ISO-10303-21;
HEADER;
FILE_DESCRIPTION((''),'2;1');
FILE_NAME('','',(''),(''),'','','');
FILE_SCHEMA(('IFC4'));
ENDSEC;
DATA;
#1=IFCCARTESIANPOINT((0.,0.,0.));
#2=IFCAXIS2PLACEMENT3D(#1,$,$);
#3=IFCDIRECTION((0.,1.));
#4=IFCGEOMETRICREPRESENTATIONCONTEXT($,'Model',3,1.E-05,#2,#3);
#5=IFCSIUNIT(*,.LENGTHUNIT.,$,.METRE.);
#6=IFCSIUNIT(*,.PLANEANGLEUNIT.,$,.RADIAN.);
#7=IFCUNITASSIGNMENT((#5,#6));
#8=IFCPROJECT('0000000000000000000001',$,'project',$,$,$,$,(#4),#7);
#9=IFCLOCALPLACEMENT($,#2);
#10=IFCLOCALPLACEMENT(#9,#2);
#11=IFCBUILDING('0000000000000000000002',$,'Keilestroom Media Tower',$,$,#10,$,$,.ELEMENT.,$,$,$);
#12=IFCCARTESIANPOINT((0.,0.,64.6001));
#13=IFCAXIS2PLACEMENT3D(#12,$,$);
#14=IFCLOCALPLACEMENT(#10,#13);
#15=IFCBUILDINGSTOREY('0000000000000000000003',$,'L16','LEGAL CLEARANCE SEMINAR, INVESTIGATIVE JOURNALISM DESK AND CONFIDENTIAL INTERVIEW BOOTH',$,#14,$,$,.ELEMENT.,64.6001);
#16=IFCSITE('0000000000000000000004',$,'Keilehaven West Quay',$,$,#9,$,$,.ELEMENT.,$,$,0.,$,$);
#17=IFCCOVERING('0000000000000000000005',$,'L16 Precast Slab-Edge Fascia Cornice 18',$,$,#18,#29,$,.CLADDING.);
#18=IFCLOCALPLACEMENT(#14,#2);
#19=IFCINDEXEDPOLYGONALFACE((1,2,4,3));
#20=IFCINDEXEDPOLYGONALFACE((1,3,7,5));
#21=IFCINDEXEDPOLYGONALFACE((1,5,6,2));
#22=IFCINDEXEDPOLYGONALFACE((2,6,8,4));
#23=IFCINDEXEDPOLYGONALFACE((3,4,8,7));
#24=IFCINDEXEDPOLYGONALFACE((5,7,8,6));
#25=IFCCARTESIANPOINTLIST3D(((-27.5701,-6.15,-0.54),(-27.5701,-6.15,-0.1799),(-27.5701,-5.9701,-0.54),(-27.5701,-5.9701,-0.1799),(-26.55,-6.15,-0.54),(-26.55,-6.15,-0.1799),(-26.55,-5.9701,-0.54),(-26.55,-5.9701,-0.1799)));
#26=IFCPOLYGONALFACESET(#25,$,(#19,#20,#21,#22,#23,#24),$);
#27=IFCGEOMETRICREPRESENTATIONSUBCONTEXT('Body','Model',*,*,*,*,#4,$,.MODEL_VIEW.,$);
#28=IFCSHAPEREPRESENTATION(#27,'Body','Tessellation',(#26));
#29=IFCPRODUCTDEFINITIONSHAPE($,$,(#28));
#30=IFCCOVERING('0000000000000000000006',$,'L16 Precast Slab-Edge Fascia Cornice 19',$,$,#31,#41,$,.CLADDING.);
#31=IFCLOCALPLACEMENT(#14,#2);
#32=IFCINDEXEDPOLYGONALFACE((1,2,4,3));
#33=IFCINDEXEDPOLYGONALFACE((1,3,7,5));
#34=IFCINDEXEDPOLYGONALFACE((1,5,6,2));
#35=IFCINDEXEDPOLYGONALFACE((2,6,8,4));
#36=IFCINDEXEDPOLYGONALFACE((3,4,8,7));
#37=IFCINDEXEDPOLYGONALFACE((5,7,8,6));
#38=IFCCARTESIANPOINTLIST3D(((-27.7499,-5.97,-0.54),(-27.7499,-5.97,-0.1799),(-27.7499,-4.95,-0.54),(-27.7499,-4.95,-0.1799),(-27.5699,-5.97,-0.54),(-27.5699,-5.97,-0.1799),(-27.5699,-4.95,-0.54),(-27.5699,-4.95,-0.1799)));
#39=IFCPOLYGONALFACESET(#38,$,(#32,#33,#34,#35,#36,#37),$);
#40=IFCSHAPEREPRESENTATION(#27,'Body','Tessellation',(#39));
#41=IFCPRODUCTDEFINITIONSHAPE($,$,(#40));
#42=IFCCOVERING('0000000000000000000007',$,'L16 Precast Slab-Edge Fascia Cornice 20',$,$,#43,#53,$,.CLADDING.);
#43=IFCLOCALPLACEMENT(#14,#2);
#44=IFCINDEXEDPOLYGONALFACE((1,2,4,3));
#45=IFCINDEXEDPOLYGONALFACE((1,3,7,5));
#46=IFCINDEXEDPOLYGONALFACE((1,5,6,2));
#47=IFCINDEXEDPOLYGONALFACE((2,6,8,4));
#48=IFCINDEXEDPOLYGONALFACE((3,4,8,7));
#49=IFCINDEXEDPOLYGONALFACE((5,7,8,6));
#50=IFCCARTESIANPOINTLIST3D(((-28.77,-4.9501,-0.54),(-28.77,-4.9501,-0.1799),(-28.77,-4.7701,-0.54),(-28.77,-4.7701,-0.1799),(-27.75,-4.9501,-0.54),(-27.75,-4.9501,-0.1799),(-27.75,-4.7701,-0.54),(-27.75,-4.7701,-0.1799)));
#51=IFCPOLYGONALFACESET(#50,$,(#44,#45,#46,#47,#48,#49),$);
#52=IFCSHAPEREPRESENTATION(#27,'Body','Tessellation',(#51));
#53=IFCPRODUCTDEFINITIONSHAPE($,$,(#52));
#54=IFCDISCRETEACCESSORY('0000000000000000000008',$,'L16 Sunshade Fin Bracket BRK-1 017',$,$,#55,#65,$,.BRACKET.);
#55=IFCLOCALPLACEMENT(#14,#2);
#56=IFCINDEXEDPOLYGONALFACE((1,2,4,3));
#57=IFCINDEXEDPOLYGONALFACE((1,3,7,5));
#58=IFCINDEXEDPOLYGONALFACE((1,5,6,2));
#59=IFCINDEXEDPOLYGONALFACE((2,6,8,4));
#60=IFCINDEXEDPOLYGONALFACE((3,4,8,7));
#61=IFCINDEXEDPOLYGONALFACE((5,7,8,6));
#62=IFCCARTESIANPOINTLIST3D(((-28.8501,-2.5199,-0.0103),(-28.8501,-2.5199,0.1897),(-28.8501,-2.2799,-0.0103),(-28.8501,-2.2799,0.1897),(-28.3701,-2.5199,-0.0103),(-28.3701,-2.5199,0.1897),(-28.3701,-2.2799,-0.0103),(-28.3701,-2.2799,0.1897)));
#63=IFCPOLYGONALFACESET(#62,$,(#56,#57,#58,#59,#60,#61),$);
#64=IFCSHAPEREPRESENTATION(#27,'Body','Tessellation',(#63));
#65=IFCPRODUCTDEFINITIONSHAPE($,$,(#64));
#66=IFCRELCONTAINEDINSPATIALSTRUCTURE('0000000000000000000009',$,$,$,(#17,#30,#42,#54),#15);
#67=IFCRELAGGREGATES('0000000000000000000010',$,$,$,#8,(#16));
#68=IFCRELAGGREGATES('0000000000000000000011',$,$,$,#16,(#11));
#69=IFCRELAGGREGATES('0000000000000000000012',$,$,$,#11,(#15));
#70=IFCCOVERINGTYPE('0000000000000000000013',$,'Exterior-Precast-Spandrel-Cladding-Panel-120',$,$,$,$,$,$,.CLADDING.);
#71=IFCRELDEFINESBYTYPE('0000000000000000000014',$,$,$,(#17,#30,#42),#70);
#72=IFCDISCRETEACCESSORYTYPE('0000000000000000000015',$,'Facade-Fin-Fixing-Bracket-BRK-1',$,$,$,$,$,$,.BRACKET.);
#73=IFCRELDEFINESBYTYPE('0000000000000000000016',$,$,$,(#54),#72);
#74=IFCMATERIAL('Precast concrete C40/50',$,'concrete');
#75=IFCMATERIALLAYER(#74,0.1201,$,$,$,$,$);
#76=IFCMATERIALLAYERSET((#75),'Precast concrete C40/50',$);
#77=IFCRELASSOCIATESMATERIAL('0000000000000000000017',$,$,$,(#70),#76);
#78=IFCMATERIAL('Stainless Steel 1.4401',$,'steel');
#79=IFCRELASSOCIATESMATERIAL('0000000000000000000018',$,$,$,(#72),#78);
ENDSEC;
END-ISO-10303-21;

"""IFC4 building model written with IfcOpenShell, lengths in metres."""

from ifc_helpers import new_model, si_unit, direction, frame, origin, origin_2d, place, context, subcontext, project, spatial, rectangle, extrude, source, transform, mapped, material, layer, layer_set, type_object, element, save


model = new_model("IFC4")

# Units and contexts
model_context = context("Model", 3, precision=1e-05, world=origin(), true_north=direction((0.0, 1.0)))
body_context = subcontext(model_context, "Body", "Model", "MODEL_VIEW")
ifc_project = project(units=[si_unit("LENGTHUNIT", "METRE"), si_unit("PLANEANGLEUNIT", "RADIAN")], contexts=[model_context])

# Site, building, storey
site_placement = place(None, origin())
site = spatial("IfcSite", under=ifc_project, at=site_placement, Name="Keilehaven West Quay", CompositionType="ELEMENT", RefElevation=0.0)
building_placement = place(site_placement, origin())
building = spatial("IfcBuilding", under=site, at=building_placement, Name="Keilestroom Media Tower", CompositionType="ELEMENT")
storey_placement = place(building_placement, frame((0.0, 0.0, 64.6001)))
storey = spatial("IfcBuildingStorey", under=building, at=storey_placement, Name="L16", Description="LEGAL CLEARANCE SEMINAR, INVESTIGATIVE JOURNALISM DESK AND CONFIDENTIAL INTERVIEW BOOTH", CompositionType="ELEMENT", Elevation=64.6001)

# Shared definitions
ifc_material_1 = material(Name="Precast concrete C40/50", Category="concrete")

# Coverings
ifc_layer_1 = layer(ifc_material_1, 0.1201)
ifc_layer_set_1 = layer_set([ifc_layer_1], Name="Precast concrete C40/50")
covering_type = type_object("IfcCoveringType", Name="Exterior-Precast-Spandrel-Cladding-Panel-120", PredefinedType="CLADDING", material=ifc_layer_set_1)
shared_shape_1 = source(origin(), body_context, "Body", "SweptSolid", [
    extrude(rectangle(XDim=1.02, YDim=0.1799, at=origin_2d()), origin(), (0.0, 0.0, 1.0), 0.3601),
])
for number, where, z_axis, x_axis, name in (
    (1, (-27.0601, -6.0601, -0.54), (0.0, 0.0, 1.0), (-1.0, 0.0, 0.0), "L16 Precast Slab-Edge Fascia Cornice 18"),
    (2, (-27.6599, -5.46, -0.54), (0.0, 0.0, 1.0), (0.0, 1.0, 0.0), "L16 Precast Slab-Edge Fascia Cornice 19"),
    (3, (-28.26, -4.8601, -0.54), (0.0, 0.0, 1.0), (-1.0, 0.0, 0.0), "L16 Precast Slab-Edge Fascia Cornice 20"),
):
    element("IfcCovering", number, at=place(storey_placement, frame(where, z_axis=z_axis, x_axis=x_axis)), inside=storey, type_object=covering_type, Name=name, PredefinedType="CLADDING", context=body_context, shape_type="MappedRepresentation", body=[
        mapped(shared_shape_1, transform((0.0, 0.0, 0.0), x_axis=(1.0, 0.0, 0.0), y_axis=(0.0, 1.0, 0.0), z_axis=(0.0, 0.0, 1.0), scale=1.0)),
    ])

# Discrete accessory
ifc_material_2 = material(Name="Stainless Steel 1.4401", Category="steel")
discrete_accessory_type = type_object("IfcDiscreteAccessoryType", Name="Facade-Fin-Fixing-Bracket-BRK-1", PredefinedType="BRACKET", material=ifc_material_2)
shared_shape_2 = source(origin(), body_context, "Body", "SweptSolid", [
    extrude(rectangle(XDim=0.48, YDim=0.24, at=origin_2d()), origin(), (0.0, 0.0, 1.0), 0.2),
])
discrete_accessory_placement = place(storey_placement, frame((-28.6101, -2.3999, -0.0103), z_axis=(0.0, 0.0, 1.0), x_axis=(1.0, 0.0, 0.0)))
element("IfcDiscreteAccessory", 4, at=discrete_accessory_placement, inside=storey, type_object=discrete_accessory_type, Name="L16 Sunshade Fin Bracket BRK-1 017", PredefinedType="BRACKET", context=body_context, shape_type="MappedRepresentation", body=[
    mapped(shared_shape_2, transform((0.0, 0.0, 0.0), x_axis=(1.0, 0.0, 0.0), y_axis=(0.0, 1.0, 0.0), z_axis=(0.0, 0.0, 1.0), scale=1.0)),
])

save(model, "model.ifc")
